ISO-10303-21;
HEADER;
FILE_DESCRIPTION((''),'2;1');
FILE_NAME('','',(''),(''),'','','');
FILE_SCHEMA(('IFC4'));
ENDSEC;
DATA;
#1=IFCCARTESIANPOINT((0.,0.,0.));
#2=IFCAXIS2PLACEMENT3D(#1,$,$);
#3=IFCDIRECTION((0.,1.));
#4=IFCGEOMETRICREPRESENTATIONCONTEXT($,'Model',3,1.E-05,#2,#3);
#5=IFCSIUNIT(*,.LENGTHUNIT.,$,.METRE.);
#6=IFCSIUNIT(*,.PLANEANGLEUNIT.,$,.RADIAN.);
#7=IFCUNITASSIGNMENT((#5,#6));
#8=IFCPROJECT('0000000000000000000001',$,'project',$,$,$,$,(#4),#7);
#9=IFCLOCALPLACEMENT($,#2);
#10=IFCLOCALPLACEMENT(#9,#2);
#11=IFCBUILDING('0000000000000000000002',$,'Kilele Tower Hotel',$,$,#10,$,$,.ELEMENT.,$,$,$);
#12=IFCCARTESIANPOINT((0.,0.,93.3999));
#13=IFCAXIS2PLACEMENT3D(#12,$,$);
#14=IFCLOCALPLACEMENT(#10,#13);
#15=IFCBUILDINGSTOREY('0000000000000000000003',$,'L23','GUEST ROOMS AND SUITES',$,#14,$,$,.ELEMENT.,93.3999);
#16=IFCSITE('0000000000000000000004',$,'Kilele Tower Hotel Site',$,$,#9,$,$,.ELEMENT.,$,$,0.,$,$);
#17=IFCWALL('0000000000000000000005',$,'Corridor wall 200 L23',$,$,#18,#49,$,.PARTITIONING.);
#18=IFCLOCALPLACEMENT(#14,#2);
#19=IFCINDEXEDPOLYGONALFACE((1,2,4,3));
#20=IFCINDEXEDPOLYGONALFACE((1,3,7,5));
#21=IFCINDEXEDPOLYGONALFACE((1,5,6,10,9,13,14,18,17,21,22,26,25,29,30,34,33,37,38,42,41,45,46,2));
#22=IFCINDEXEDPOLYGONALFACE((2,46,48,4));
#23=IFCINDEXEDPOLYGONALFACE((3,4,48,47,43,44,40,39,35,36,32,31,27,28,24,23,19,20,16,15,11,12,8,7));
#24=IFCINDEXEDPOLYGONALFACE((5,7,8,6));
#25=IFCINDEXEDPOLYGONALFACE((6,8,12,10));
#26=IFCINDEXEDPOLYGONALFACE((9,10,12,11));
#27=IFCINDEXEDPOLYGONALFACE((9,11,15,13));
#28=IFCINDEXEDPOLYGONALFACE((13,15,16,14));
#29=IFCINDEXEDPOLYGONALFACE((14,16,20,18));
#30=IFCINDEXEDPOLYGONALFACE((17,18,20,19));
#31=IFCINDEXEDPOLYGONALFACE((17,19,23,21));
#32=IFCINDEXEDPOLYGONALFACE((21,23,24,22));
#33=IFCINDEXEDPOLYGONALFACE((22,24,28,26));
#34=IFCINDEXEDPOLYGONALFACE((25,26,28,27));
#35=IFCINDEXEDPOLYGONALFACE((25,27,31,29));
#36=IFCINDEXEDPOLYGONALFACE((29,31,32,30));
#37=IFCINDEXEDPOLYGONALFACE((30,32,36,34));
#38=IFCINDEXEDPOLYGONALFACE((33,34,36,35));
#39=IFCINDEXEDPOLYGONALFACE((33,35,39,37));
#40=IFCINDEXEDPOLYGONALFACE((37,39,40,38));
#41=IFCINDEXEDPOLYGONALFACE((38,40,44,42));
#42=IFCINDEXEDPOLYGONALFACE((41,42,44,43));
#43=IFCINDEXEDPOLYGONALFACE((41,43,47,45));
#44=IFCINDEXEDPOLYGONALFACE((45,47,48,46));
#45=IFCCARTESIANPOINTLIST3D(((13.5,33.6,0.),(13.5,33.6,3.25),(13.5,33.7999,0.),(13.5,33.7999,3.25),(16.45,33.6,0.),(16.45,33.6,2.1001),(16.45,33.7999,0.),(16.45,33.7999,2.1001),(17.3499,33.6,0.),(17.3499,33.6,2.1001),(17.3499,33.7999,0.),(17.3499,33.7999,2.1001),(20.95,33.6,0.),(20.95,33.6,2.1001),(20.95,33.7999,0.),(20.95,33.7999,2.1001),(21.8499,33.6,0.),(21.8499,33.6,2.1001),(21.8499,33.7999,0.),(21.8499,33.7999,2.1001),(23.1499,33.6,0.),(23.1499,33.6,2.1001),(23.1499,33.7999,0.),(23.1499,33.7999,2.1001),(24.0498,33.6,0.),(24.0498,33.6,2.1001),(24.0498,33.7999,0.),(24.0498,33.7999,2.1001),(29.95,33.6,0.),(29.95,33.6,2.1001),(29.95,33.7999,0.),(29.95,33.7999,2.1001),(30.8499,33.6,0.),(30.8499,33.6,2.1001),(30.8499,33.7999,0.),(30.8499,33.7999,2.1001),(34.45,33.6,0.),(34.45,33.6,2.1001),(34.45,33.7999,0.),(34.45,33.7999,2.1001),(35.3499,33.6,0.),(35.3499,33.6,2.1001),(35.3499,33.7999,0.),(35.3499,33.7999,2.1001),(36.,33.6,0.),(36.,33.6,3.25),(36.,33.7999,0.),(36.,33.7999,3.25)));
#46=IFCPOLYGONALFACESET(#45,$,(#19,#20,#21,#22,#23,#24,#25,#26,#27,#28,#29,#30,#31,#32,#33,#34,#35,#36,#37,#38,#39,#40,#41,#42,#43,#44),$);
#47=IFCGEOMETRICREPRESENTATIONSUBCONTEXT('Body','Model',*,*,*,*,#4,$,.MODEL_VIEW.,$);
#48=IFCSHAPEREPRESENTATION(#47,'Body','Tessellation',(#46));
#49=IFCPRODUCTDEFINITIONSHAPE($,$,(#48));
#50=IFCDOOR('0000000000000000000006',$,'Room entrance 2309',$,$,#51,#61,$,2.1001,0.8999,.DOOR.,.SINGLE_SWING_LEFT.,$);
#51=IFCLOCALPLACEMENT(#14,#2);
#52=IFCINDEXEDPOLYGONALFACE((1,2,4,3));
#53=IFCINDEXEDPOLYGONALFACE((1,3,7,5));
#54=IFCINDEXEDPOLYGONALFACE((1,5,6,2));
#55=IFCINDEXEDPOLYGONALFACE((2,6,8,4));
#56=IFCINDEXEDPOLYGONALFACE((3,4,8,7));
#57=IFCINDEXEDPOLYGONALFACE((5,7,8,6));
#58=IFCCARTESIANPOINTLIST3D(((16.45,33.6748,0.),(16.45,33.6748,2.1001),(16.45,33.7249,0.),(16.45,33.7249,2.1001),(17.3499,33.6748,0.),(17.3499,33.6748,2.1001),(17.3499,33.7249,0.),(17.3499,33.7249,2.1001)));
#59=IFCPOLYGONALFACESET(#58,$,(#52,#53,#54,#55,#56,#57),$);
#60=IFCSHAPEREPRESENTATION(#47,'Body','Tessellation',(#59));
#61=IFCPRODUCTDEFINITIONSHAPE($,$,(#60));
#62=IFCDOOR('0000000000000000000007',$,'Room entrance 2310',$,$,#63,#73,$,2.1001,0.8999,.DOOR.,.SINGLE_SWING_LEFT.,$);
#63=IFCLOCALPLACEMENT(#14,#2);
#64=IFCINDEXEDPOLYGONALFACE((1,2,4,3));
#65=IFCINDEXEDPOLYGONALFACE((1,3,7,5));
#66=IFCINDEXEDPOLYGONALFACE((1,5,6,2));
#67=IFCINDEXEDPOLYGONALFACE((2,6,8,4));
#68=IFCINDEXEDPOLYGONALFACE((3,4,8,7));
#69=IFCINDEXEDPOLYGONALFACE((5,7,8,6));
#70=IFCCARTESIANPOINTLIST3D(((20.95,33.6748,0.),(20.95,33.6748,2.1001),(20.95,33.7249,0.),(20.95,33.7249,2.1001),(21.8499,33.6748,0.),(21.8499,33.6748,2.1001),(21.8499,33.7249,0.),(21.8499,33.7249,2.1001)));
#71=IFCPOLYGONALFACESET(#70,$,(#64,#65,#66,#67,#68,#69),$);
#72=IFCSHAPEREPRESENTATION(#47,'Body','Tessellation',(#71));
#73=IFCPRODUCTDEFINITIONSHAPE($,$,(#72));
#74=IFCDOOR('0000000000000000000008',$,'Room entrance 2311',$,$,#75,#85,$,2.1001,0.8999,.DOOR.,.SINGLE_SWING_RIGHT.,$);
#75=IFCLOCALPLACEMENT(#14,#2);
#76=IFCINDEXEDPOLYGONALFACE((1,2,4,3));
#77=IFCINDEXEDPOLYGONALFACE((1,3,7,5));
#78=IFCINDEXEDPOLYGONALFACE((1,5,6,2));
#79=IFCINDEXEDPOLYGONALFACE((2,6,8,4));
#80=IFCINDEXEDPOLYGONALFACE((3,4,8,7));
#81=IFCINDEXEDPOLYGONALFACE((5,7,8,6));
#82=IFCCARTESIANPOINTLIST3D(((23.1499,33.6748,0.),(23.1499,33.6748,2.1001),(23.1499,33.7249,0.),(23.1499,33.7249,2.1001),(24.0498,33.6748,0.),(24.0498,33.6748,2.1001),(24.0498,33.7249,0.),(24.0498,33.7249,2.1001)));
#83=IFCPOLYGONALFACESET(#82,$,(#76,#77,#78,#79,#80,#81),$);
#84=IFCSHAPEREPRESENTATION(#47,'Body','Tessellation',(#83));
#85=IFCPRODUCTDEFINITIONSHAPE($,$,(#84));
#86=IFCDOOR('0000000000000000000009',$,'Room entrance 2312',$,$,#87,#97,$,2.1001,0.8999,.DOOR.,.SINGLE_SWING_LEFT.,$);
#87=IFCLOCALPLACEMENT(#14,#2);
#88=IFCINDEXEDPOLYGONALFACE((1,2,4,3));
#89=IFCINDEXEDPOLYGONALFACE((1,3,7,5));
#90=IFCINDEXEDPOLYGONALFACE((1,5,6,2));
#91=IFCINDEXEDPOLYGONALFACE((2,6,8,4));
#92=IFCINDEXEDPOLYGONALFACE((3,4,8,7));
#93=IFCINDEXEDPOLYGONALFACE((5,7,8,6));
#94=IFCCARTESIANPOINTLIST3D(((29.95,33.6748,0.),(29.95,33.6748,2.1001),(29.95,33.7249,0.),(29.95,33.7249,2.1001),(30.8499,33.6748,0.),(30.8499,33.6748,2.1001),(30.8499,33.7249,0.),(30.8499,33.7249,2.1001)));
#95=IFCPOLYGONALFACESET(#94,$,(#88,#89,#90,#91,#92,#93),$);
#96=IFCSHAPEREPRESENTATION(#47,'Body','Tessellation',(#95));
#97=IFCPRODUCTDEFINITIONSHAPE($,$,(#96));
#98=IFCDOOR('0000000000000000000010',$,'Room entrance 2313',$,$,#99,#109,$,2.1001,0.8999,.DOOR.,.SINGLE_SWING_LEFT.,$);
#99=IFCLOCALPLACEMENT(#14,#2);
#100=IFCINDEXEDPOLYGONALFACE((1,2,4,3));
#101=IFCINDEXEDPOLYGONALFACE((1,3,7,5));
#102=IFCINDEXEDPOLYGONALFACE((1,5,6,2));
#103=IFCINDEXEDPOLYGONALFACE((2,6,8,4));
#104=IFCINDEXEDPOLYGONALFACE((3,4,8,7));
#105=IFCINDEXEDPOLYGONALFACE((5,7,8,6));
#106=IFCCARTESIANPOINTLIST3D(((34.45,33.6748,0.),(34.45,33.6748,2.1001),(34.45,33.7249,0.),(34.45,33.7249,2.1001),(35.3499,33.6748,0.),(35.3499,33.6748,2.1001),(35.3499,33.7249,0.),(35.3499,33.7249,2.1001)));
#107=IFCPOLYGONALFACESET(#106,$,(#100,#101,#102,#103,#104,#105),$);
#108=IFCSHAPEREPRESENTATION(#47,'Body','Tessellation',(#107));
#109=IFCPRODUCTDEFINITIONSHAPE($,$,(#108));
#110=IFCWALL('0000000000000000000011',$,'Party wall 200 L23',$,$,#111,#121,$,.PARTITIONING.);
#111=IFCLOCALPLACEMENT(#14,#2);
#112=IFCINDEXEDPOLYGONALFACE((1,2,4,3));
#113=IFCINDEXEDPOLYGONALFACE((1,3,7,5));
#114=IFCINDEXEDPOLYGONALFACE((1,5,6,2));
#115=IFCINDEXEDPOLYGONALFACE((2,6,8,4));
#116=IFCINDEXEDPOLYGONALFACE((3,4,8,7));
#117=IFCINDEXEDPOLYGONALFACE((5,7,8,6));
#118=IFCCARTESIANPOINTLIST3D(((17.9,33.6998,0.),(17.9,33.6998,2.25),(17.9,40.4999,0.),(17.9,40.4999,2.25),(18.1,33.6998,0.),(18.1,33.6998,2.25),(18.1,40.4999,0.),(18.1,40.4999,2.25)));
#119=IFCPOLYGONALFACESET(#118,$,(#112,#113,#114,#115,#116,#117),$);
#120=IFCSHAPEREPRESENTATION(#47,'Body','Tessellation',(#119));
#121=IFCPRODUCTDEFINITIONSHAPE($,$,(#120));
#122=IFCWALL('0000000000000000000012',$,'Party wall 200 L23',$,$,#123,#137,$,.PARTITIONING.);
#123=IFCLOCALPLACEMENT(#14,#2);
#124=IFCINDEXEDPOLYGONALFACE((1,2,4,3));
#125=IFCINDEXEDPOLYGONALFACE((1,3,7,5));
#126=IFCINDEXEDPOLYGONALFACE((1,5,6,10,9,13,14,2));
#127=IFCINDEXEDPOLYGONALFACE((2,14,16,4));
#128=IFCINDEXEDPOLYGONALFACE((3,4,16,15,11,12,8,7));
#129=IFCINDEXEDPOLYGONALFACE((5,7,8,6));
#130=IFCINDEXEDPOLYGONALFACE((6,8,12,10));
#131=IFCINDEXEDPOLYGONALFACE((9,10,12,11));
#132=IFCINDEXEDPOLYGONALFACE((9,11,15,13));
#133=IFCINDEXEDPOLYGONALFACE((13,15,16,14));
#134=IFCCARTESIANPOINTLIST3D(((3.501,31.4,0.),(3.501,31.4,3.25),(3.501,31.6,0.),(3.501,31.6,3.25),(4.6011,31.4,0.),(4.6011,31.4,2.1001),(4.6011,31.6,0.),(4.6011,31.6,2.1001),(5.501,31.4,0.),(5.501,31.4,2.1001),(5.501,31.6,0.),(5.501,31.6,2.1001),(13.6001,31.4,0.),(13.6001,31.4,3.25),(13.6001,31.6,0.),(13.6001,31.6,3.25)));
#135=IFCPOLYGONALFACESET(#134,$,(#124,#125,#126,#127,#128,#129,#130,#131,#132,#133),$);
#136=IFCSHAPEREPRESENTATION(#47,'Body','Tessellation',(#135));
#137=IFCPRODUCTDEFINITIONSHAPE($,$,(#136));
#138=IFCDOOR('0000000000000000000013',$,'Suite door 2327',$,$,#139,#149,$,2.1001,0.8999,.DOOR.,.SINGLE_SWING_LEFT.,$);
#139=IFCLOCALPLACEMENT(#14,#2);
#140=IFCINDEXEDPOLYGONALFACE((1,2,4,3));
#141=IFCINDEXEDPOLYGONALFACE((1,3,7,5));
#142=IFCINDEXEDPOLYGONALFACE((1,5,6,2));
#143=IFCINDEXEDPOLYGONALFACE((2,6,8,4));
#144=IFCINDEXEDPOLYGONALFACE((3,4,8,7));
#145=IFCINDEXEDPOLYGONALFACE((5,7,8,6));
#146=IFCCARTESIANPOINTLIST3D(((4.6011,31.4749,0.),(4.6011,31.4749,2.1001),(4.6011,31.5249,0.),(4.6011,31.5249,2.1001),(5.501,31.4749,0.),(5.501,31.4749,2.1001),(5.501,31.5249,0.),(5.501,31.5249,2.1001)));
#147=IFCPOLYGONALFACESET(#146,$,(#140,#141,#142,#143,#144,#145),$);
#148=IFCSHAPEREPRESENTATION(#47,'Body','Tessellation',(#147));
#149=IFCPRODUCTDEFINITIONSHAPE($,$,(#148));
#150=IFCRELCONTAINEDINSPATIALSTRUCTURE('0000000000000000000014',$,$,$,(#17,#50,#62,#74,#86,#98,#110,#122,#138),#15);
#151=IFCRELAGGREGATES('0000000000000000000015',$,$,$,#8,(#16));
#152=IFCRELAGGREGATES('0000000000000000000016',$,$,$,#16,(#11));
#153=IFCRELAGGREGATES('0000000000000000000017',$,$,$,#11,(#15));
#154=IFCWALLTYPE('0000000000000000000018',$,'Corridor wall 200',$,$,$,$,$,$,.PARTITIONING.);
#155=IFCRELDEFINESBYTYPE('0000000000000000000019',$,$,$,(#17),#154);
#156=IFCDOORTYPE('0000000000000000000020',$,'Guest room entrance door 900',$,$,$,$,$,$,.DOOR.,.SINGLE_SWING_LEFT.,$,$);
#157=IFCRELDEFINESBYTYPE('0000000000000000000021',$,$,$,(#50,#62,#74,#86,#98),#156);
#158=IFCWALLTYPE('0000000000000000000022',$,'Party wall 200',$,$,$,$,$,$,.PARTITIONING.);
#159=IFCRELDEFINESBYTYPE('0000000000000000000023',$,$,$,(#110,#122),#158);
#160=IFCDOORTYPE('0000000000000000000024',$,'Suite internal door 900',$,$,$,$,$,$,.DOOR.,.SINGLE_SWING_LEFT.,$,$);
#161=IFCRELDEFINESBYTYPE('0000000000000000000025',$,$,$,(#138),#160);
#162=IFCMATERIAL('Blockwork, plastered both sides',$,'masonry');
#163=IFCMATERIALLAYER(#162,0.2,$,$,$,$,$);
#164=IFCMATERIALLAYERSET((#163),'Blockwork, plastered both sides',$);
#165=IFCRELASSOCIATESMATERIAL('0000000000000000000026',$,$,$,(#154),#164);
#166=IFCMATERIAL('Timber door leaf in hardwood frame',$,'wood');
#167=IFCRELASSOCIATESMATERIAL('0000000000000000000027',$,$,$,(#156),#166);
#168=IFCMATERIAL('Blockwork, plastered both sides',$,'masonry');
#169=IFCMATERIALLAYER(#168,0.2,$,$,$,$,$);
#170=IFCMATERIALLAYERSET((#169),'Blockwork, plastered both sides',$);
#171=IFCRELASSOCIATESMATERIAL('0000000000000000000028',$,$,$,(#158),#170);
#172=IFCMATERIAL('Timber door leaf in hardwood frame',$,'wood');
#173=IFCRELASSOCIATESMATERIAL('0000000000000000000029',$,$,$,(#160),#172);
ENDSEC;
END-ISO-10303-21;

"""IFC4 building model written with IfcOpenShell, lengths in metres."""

from ifc_helpers import new_model, si_unit, direction, frame, frame_2d, origin, place, context, subcontext, project, spatial, rectangle, extrude, material, layer, layer_set, type_object, element, fill, save


model = new_model("IFC4")

# Units and contexts
model_context = context("Model", 3, precision=1e-05, world=origin(), true_north=direction((0.0, 1.0)))
body_context = subcontext(model_context, "Body", "Model", "MODEL_VIEW")
ifc_project = project(units=[si_unit("LENGTHUNIT", "METRE"), si_unit("PLANEANGLEUNIT", "RADIAN")], contexts=[model_context])

# Site, building, storey
site_placement = place(None, origin())
site = spatial("IfcSite", under=ifc_project, at=site_placement, Name="Kilele Tower Hotel Site", CompositionType="ELEMENT", RefElevation=0.0)
building_placement = place(site_placement, origin())
building = spatial("IfcBuilding", under=site, at=building_placement, Name="Kilele Tower Hotel", CompositionType="ELEMENT")
storey_placement = place(building_placement, frame((0.0, 0.0, 93.3999)))
storey = spatial("IfcBuildingStorey", under=building, at=storey_placement, Name="L23", Description="GUEST ROOMS AND SUITES", CompositionType="ELEMENT", Elevation=93.3999)

# Wall, openings, doors
ifc_material_1 = material(Name="Blockwork, plastered both sides", Category="masonry")
ifc_layer_1 = layer(ifc_material_1, 0.2)
ifc_layer_set_1 = layer_set([ifc_layer_1], Name="Blockwork, plastered both sides")
wall_type_1 = type_object("IfcWallType", Name="Corridor wall 200", PredefinedType="PARTITIONING", material=ifc_layer_set_1)
wall_1_placement = place(storey_placement, frame((13.5, 33.7, 0.0), z_axis=(0.0, 0.0, 1.0), x_axis=(1.0, 0.0, 0.0)))
wall_1 = element("IfcWall", 1, at=wall_1_placement, inside=storey, type_object=wall_type_1, Name="Corridor wall 200 L23", PredefinedType="PARTITIONING", context=body_context, shape_type="SweptSolid", body=[
    extrude(rectangle(XDim=22.5, YDim=0.2, at=frame_2d((11.25, 0.0))), origin(), (0.0, 0.0, 1.0), 3.25),
])
opening_1_placement = place(wall_1_placement, frame((2.95, 0.0, 0.0)))
opening_1 = element("IfcOpeningElement", 2, at=opening_1_placement, cuts=wall_1, PredefinedType="OPENING", context=body_context, shape_type="SweptSolid", body=[
    extrude(rectangle(XDim=0.8999, YDim=2.1001, at=frame_2d((0.45, 1.05))), frame((0.0, 0.1099, 0.0), z_axis=(0.0, -1.0, 0.0), x_axis=(1.0, 0.0, 0.0)), (0.0, 0.0, 1.0), 0.22),
])
opening_2_placement = place(wall_1_placement, frame((7.45, 0.0, 0.0)))
opening_2 = element("IfcOpeningElement", 3, at=opening_2_placement, cuts=wall_1, PredefinedType="OPENING", context=body_context, shape_type="SweptSolid", body=[
    extrude(rectangle(XDim=0.8999, YDim=2.1001, at=frame_2d((0.45, 1.05))), frame((0.0, 0.1099, 0.0), z_axis=(0.0, -1.0, 0.0), x_axis=(1.0, 0.0, 0.0)), (0.0, 0.0, 1.0), 0.22),
])
opening_3_placement = place(wall_1_placement, frame((9.6499, 0.0, 0.0)))
opening_3 = element("IfcOpeningElement", 4, at=opening_3_placement, cuts=wall_1, PredefinedType="OPENING", context=body_context, shape_type="SweptSolid", body=[
    extrude(rectangle(XDim=0.8999, YDim=2.1001, at=frame_2d((0.45, 1.05))), frame((0.0, 0.1099, 0.0), z_axis=(0.0, -1.0, 0.0), x_axis=(1.0, 0.0, 0.0)), (0.0, 0.0, 1.0), 0.22),
])
opening_4_placement = place(wall_1_placement, frame((16.45, 0.0, 0.0)))
opening_4 = element("IfcOpeningElement", 5, at=opening_4_placement, cuts=wall_1, PredefinedType="OPENING", context=body_context, shape_type="SweptSolid", body=[
    extrude(rectangle(XDim=0.8999, YDim=2.1001, at=frame_2d((0.45, 1.05))), frame((0.0, 0.1099, 0.0), z_axis=(0.0, -1.0, 0.0), x_axis=(1.0, 0.0, 0.0)), (0.0, 0.0, 1.0), 0.22),
])
opening_5_placement = place(wall_1_placement, frame((20.95, 0.0, 0.0)))
opening_5 = element("IfcOpeningElement", 6, at=opening_5_placement, cuts=wall_1, PredefinedType="OPENING", context=body_context, shape_type="SweptSolid", body=[
    extrude(rectangle(XDim=0.8999, YDim=2.1001, at=frame_2d((0.45, 1.05))), frame((0.0, 0.1099, 0.0), z_axis=(0.0, -1.0, 0.0), x_axis=(1.0, 0.0, 0.0)), (0.0, 0.0, 1.0), 0.22),
])
ifc_material_2 = material(Name="Timber door leaf in hardwood frame", Category="wood")
door_type_1 = type_object("IfcDoorType", Name="Guest room entrance door 900", OperationType="SINGLE_SWING_LEFT", PredefinedType="DOOR", material=ifc_material_2)
door_1_placement = place(opening_1_placement, origin())
door_1 = element("IfcDoor", 7, at=door_1_placement, inside=storey, type_object=door_type_1, Name="Room entrance 2309", OperationType="SINGLE_SWING_LEFT", OverallHeight=2.1001, OverallWidth=0.8999, PredefinedType="DOOR", context=body_context, shape_type="SweptSolid", body=[
    extrude(rectangle(XDim=0.8999, YDim=2.1001, at=frame_2d((0.45, 1.05))), frame((0.0, 0.0249, 0.0), z_axis=(0.0, -1.0, 0.0), x_axis=(1.0, 0.0, 0.0)), (0.0, 0.0, 1.0), 0.05),
])
fill(opening_1, door_1)
door_2_placement = place(opening_2_placement, origin())
door_2 = element("IfcDoor", 8, at=door_2_placement, inside=storey, type_object=door_type_1, Name="Room entrance 2310", OperationType="SINGLE_SWING_LEFT", OverallHeight=2.1001, OverallWidth=0.8999, PredefinedType="DOOR", context=body_context, shape_type="SweptSolid", body=[
    extrude(rectangle(XDim=0.8999, YDim=2.1001, at=frame_2d((0.45, 1.05))), frame((0.0, 0.0249, 0.0), z_axis=(0.0, -1.0, 0.0), x_axis=(1.0, 0.0, 0.0)), (0.0, 0.0, 1.0), 0.05),
])
fill(opening_2, door_2)
door_3_placement = place(opening_3_placement, origin())
door_3 = element("IfcDoor", 9, at=door_3_placement, inside=storey, type_object=door_type_1, Name="Room entrance 2311", OperationType="SINGLE_SWING_RIGHT", OverallHeight=2.1001, OverallWidth=0.8999, PredefinedType="DOOR", context=body_context, shape_type="SweptSolid", body=[
    extrude(rectangle(XDim=0.8999, YDim=2.1001, at=frame_2d((0.45, 1.05))), frame((0.0, 0.0249, 0.0), z_axis=(0.0, -1.0, 0.0), x_axis=(1.0, 0.0, 0.0)), (0.0, 0.0, 1.0), 0.05),
])
fill(opening_3, door_3)
door_4_placement = place(opening_4_placement, origin())
door_4 = element("IfcDoor", 10, at=door_4_placement, inside=storey, type_object=door_type_1, Name="Room entrance 2312", OperationType="SINGLE_SWING_LEFT", OverallHeight=2.1001, OverallWidth=0.8999, PredefinedType="DOOR", context=body_context, shape_type="SweptSolid", body=[
    extrude(rectangle(XDim=0.8999, YDim=2.1001, at=frame_2d((0.45, 1.05))), frame((0.0, 0.0249, 0.0), z_axis=(0.0, -1.0, 0.0), x_axis=(1.0, 0.0, 0.0)), (0.0, 0.0, 1.0), 0.05),
])
fill(opening_4, door_4)
door_5_placement = place(opening_5_placement, origin())
door_5 = element("IfcDoor", 11, at=door_5_placement, inside=storey, type_object=door_type_1, Name="Room entrance 2313", OperationType="SINGLE_SWING_LEFT", OverallHeight=2.1001, OverallWidth=0.8999, PredefinedType="DOOR", context=body_context, shape_type="SweptSolid", body=[
    extrude(rectangle(XDim=0.8999, YDim=2.1001, at=frame_2d((0.45, 1.05))), frame((0.0, 0.0249, 0.0), z_axis=(0.0, -1.0, 0.0), x_axis=(1.0, 0.0, 0.0)), (0.0, 0.0, 1.0), 0.05),
])
fill(opening_5, door_5)

# Wall
ifc_material_3 = material(Name="Blockwork, plastered both sides", Category="masonry")
ifc_layer_2 = layer(ifc_material_3, 0.2)
ifc_layer_set_2 = layer_set([ifc_layer_2], Name="Blockwork, plastered both sides")
wall_type_2 = type_object("IfcWallType", Name="Party wall 200", PredefinedType="PARTITIONING", material=ifc_layer_set_2)
wall_2_placement = place(storey_placement, frame((18.0, 33.7, 0.0), z_axis=(0.0, 0.0, 1.0), x_axis=(0.0, 1.0, 0.0)))
element("IfcWall", 12, at=wall_2_placement, inside=storey, type_object=wall_type_2, Name="Party wall 200 L23", PredefinedType="PARTITIONING", context=body_context, shape_type="SweptSolid", body=[
    extrude(rectangle(XDim=6.8, YDim=0.2, at=frame_2d((3.3999, 0.0))), origin(), (0.0, 0.0, 1.0), 2.25),
])

# Wall, opening, door
wall_3_placement = place(storey_placement, frame((13.6001, 31.5, 0.0), z_axis=(0.0, 0.0, 1.0), x_axis=(-1.0, 0.0, 0.0)))
wall_3 = element("IfcWall", 13, at=wall_3_placement, inside=storey, type_object=wall_type_2, Name="Party wall 200 L23", PredefinedType="PARTITIONING", context=body_context, shape_type="SweptSolid", body=[
    extrude(rectangle(XDim=10.0991, YDim=0.2, at=frame_2d((5.0496, 0.0))), origin(), (0.0, 0.0, 1.0), 3.25),
])
opening_6_placement = place(wall_3_placement, frame((8.999, 0.0, 0.0), z_axis=(0.0, 0.0, 1.0), x_axis=(-1.0, 0.0, 0.0)))
opening_6 = element("IfcOpeningElement", 14, at=opening_6_placement, cuts=wall_3, PredefinedType="OPENING", context=body_context, shape_type="SweptSolid", body=[
    extrude(rectangle(XDim=0.8999, YDim=2.1001, at=frame_2d((0.45, 1.05))), frame((0.0, 0.1099, 0.0), z_axis=(0.0, -1.0, 0.0), x_axis=(1.0, 0.0, 0.0)), (0.0, 0.0, 1.0), 0.22),
])
ifc_material_4 = material(Name="Timber door leaf in hardwood frame", Category="wood")
door_type_2 = type_object("IfcDoorType", Name="Suite internal door 900", OperationType="SINGLE_SWING_LEFT", PredefinedType="DOOR", material=ifc_material_4)
door_6_placement = place(opening_6_placement, origin())
door_6 = element("IfcDoor", 15, at=door_6_placement, inside=storey, type_object=door_type_2, Name="Suite door 2327", OperationType="SINGLE_SWING_LEFT", OverallHeight=2.1001, OverallWidth=0.8999, PredefinedType="DOOR", context=body_context, shape_type="SweptSolid", body=[
    extrude(rectangle(XDim=0.8999, YDim=2.1001, at=frame_2d((0.45, 1.05))), frame((0.0, 0.0249, 0.0), z_axis=(0.0, -1.0, 0.0), x_axis=(1.0, 0.0, 0.0)), (0.0, 0.0, 1.0), 0.05),
])
fill(opening_6, door_6)

save(model, "model.ifc")
